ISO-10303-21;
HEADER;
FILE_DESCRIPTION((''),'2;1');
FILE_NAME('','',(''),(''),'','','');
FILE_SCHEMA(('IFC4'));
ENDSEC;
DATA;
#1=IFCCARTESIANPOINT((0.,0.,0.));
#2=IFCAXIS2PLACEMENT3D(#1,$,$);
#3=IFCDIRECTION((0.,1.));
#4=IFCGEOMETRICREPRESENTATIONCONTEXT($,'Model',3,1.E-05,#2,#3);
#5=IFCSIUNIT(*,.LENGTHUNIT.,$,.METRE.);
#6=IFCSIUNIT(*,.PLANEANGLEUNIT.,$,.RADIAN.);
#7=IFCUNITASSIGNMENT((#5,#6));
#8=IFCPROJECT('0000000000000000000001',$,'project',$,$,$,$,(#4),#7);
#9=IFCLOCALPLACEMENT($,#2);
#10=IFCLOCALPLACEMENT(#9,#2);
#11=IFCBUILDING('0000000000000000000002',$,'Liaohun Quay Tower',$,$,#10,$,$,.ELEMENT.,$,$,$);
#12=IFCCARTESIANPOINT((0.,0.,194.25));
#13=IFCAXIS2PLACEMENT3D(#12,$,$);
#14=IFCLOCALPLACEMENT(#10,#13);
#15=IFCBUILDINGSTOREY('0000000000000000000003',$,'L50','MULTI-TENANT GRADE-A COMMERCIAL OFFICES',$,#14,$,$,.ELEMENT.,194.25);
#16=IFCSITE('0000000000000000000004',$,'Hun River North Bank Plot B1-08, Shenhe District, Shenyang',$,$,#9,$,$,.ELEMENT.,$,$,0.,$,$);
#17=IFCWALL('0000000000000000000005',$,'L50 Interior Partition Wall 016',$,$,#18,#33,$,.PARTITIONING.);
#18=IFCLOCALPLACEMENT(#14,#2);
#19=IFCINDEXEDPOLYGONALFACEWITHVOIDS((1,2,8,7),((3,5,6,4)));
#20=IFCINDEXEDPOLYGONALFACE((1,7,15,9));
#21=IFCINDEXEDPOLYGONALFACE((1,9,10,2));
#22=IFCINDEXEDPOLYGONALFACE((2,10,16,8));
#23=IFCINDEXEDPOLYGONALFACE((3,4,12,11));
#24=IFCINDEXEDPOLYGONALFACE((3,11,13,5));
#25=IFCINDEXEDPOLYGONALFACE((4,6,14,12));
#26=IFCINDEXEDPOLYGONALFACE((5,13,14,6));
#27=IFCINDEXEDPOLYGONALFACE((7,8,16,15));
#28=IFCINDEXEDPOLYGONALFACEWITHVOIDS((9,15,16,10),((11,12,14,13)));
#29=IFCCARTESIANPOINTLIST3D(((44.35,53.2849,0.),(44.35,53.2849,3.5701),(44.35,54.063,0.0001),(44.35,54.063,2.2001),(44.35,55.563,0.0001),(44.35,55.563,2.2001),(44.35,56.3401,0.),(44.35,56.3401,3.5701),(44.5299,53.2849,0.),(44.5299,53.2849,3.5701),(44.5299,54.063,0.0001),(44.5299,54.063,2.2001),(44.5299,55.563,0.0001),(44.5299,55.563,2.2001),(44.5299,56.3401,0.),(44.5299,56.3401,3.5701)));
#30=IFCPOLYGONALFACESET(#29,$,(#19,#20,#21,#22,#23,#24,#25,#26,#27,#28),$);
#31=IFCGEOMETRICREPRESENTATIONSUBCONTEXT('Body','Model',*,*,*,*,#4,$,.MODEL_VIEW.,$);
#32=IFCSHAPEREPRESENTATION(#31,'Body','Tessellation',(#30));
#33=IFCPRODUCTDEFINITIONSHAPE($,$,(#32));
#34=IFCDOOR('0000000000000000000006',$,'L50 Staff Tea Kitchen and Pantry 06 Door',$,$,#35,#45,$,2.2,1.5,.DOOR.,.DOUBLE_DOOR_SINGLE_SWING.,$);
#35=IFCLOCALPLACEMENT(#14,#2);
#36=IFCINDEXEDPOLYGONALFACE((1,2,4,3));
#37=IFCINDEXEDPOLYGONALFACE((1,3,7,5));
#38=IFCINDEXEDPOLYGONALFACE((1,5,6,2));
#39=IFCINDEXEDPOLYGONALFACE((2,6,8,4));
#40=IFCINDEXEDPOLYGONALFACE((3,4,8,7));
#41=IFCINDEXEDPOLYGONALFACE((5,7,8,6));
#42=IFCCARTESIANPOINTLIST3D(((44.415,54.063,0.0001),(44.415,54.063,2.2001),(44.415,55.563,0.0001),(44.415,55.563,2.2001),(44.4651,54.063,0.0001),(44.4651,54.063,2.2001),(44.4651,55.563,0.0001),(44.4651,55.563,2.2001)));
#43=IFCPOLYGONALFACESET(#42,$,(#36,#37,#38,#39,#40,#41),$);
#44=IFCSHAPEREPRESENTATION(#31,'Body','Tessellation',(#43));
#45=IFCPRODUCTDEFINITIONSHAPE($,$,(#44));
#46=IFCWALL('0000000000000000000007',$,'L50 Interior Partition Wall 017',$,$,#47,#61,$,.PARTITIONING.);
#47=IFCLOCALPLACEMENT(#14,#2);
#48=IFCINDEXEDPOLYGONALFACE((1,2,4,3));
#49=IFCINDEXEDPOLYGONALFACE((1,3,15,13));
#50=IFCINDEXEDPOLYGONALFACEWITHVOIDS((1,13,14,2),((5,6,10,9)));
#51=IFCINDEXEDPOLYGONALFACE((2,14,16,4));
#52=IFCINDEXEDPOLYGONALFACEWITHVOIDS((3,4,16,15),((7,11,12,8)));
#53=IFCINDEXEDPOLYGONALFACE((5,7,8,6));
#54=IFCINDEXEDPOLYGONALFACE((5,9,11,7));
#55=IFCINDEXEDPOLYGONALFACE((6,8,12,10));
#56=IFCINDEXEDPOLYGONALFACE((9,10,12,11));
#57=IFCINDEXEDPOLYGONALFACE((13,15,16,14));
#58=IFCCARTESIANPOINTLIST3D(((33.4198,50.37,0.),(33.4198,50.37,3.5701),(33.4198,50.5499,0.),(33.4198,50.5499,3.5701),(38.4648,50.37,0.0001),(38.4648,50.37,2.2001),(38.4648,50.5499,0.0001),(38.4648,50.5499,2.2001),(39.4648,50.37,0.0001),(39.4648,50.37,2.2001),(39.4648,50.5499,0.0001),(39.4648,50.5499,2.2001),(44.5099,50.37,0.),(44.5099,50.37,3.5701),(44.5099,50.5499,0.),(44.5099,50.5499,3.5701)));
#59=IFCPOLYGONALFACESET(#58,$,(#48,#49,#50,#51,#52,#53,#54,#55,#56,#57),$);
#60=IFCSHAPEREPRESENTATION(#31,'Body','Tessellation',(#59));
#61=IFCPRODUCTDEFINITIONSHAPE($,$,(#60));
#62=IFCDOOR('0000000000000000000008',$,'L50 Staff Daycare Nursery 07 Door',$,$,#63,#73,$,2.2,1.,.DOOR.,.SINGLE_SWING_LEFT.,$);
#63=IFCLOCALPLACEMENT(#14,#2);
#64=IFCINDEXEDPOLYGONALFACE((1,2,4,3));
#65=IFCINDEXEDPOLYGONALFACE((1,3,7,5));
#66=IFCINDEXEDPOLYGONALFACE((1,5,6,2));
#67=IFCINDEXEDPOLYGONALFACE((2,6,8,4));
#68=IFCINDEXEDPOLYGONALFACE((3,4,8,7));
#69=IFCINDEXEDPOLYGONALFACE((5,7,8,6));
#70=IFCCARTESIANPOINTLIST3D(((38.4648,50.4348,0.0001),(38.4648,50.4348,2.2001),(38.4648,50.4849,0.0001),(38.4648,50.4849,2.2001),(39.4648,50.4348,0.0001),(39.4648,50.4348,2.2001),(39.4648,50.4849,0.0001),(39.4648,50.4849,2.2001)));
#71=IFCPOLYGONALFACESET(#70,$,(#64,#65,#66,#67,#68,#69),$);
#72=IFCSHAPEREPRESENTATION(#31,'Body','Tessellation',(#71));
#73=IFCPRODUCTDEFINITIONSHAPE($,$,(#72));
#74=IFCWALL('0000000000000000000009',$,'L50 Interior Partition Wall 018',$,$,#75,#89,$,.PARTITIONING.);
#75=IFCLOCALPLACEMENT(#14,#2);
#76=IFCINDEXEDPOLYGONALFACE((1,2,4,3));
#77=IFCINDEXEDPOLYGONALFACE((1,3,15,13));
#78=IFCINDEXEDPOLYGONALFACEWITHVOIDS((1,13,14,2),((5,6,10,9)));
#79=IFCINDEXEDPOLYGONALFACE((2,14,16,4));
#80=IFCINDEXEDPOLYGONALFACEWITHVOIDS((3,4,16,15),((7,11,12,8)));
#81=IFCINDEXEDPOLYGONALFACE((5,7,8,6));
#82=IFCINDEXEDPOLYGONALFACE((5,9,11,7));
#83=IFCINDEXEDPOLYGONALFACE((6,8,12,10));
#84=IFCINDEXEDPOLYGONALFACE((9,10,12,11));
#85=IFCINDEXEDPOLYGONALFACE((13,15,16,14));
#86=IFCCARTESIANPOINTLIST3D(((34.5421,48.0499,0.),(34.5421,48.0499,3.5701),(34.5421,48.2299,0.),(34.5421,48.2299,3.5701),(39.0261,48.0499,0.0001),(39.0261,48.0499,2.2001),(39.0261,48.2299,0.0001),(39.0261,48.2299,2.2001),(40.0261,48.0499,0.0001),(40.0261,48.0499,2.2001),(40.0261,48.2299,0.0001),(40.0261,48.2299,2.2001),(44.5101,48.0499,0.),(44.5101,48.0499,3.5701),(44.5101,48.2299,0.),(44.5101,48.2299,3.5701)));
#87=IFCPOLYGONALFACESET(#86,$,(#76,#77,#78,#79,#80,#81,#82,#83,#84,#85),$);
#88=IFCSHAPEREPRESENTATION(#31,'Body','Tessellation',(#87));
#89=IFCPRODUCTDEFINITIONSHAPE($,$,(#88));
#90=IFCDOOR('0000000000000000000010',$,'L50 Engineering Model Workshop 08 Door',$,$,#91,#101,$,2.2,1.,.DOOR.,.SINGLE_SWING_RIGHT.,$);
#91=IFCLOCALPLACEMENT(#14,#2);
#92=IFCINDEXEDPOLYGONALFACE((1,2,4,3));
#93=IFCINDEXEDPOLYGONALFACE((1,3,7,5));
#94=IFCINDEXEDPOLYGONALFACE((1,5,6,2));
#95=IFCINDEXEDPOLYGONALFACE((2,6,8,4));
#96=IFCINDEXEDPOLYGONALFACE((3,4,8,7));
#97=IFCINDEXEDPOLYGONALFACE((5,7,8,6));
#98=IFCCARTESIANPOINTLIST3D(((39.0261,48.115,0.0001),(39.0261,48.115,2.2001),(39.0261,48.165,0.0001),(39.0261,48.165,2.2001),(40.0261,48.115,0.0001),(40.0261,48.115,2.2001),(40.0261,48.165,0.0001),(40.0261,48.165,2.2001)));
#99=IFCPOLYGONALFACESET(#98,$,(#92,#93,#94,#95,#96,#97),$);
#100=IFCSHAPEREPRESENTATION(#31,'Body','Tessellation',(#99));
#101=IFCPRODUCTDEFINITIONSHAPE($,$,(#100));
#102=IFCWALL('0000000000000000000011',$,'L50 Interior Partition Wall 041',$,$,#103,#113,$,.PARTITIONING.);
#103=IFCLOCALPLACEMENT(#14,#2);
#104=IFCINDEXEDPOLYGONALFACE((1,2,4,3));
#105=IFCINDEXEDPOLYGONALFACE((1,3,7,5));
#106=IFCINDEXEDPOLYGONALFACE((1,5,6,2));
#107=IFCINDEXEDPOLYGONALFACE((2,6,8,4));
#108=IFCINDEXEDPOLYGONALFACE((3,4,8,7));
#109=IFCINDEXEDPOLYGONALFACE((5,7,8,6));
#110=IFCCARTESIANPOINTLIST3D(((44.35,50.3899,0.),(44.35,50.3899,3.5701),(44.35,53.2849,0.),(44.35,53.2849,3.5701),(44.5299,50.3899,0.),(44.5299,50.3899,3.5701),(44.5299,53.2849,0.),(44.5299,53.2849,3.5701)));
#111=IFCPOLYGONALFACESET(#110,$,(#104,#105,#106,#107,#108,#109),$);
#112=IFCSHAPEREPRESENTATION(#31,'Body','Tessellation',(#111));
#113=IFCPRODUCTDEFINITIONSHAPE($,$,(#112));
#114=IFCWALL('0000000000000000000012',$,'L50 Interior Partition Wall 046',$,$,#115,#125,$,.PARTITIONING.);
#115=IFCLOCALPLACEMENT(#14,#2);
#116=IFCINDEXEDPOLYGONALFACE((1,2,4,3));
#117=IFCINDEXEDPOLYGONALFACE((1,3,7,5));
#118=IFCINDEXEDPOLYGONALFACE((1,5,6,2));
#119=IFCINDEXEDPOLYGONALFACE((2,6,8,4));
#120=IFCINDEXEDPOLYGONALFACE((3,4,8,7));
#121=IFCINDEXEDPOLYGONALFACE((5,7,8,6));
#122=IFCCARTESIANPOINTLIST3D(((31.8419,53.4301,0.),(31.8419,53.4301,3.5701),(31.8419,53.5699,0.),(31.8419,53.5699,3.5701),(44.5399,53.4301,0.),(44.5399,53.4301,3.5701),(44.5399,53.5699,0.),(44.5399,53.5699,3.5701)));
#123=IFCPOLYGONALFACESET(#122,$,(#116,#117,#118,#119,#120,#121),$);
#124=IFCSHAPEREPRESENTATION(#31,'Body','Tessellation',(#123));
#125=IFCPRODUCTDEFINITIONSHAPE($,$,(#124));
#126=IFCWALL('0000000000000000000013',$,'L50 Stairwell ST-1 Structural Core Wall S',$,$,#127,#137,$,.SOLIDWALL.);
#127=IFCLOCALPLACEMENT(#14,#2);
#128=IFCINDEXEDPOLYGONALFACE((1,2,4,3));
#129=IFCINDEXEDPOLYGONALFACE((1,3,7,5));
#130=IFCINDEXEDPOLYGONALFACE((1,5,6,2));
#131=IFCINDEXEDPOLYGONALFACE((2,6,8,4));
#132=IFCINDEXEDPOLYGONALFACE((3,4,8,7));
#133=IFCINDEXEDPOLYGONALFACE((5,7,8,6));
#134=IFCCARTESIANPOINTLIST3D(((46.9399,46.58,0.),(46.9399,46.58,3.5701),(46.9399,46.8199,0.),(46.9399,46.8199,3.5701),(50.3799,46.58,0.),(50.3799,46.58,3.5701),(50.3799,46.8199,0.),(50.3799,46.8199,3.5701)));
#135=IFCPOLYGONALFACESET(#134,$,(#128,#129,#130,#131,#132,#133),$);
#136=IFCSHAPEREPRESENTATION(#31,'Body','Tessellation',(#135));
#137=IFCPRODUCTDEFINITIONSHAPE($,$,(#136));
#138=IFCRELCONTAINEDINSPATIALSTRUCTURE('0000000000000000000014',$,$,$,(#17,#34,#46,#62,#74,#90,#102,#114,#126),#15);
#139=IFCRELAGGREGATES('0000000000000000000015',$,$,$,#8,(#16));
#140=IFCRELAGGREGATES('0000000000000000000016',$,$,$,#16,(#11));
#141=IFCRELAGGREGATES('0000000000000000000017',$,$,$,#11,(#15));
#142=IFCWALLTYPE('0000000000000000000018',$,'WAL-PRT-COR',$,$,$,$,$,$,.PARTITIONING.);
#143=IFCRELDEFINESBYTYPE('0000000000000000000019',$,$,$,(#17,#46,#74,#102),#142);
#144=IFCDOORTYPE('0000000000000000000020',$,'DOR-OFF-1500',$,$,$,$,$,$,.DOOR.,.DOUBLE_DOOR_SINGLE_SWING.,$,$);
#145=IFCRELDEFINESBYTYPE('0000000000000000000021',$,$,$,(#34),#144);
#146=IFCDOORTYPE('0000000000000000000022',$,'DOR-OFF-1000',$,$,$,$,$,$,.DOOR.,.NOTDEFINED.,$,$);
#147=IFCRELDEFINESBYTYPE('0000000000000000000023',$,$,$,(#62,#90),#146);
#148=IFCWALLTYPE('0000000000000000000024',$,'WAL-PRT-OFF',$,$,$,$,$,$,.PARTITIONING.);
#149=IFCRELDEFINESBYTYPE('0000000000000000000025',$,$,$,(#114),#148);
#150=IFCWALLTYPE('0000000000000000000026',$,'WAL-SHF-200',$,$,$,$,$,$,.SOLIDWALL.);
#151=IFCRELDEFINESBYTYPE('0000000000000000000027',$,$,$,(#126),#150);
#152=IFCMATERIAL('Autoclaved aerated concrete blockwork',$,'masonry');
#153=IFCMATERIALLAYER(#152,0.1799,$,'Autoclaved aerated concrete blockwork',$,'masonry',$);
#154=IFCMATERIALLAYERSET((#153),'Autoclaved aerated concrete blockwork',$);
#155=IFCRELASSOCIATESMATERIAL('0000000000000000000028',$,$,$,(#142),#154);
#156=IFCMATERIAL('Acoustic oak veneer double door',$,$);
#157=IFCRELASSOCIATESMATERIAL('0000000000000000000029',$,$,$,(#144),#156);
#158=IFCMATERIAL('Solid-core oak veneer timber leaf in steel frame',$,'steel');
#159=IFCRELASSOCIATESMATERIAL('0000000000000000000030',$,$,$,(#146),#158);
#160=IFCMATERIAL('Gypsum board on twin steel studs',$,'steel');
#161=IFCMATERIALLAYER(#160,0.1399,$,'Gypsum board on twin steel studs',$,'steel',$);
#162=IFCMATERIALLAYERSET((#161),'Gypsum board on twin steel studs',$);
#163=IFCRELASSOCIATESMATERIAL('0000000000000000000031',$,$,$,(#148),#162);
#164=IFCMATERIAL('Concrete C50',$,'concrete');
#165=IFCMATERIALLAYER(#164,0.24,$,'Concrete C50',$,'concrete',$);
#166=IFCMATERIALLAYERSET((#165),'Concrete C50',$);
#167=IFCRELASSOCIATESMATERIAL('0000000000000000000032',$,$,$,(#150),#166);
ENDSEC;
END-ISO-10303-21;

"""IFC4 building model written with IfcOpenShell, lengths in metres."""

from ifc_helpers import new_model, si_unit, direction, frame, frame_2d, origin, place, context, subcontext, project, spatial, rectangle, extrude, source, transform, mapped, material, layer, layer_set, type_object, element, fill, save


model = new_model("IFC4")

# Units and contexts
model_context = context("Model", 3, precision=1e-05, world=origin(), true_north=direction((0.0, 1.0)))
body_context = subcontext(model_context, "Body", "Model", "MODEL_VIEW")
ifc_project = project(units=[si_unit("LENGTHUNIT", "METRE"), si_unit("PLANEANGLEUNIT", "RADIAN")], contexts=[model_context])

# Site, building, storey
site_placement = place(None, origin())
site = spatial("IfcSite", under=ifc_project, at=site_placement, Name="Hun River North Bank Plot B1-08, Shenhe District, Shenyang", CompositionType="ELEMENT", RefElevation=0.0)
building_placement = place(site_placement, origin())
building = spatial("IfcBuilding", under=site, at=building_placement, Name="Liaohun Quay Tower", CompositionType="ELEMENT")
storey_placement = place(building_placement, frame((0.0, 0.0, 194.25)))
storey = spatial("IfcBuildingStorey", under=building, at=storey_placement, Name="L50", Description="MULTI-TENANT GRADE-A COMMERCIAL OFFICES", CompositionType="ELEMENT", Elevation=194.25)

# Walls, openings, doors
ifc_material_1 = material(Name="Autoclaved aerated concrete blockwork", Category="masonry")
ifc_layer_1 = layer(ifc_material_1, 0.1799, Name="Autoclaved aerated concrete blockwork", Category="masonry")
ifc_layer_set_1 = layer_set([ifc_layer_1], Name="Autoclaved aerated concrete blockwork")
wall_type_1 = type_object("IfcWallType", Name="WAL-PRT-COR", PredefinedType="PARTITIONING", material=ifc_layer_set_1)
wall_1_placement = place(storey_placement, frame((44.4399, 53.2849, 0.0), z_axis=(0.0, 0.0, 1.0), x_axis=(0.0, 1.0, 0.0)))
wall_1 = element("IfcWall", 1, at=wall_1_placement, inside=storey, type_object=wall_type_1, Name="L50 Interior Partition Wall 016", PredefinedType="PARTITIONING", context=body_context, shape_type="SweptSolid", body=[
    extrude(rectangle(XDim=3.0552, YDim=0.1799, at=frame_2d((1.5276, 0.0))), origin(), (0.0, 0.0, 1.0), 3.5701),
])
shared_shape_1 = source(origin(), body_context, "Body", "SweptSolid", [
    extrude(rectangle(XDim=1.5, YDim=2.2, at=frame_2d((0.75, 1.1001))), frame((0.0, 0.0999, 0.0), z_axis=(0.0, -1.0, 0.0), x_axis=(1.0, 0.0, 0.0)), (0.0, 0.0, 1.0), 0.2),
])
opening_1_placement = place(wall_1_placement, frame((0.7781, 0.0, 0.0)))
opening_1 = element("IfcOpeningElement", 2, at=opening_1_placement, cuts=wall_1, PredefinedType="OPENING", context=body_context, shape_type="MappedRepresentation", body=[
    mapped(shared_shape_1, transform((0.0, 0.0, 0.0), x_axis=(1.0, 0.0, 0.0), y_axis=(0.0, 1.0, 0.0), z_axis=(0.0, 0.0, 1.0), scale=1.0)),
])
ifc_material_2 = material(Name="Acoustic oak veneer double door")
door_type_1 = type_object("IfcDoorType", Name="DOR-OFF-1500", OperationType="DOUBLE_DOOR_SINGLE_SWING", PredefinedType="DOOR", material=ifc_material_2)
shared_shape_2 = source(origin(), body_context, "Body", "SweptSolid", [
    extrude(rectangle(XDim=1.5, YDim=2.2, at=frame_2d((0.75, 1.1001))), frame((0.0, 0.0249, 0.0), z_axis=(0.0, -1.0, 0.0), x_axis=(1.0, 0.0, 0.0)), (0.0, 0.0, 1.0), 0.05),
])
door_1_placement = place(opening_1_placement, origin())
door_1 = element("IfcDoor", 3, at=door_1_placement, inside=storey, type_object=door_type_1, Name="L50 Staff Tea Kitchen and Pantry 06 Door", OperationType="DOUBLE_DOOR_SINGLE_SWING", OverallHeight=2.2, OverallWidth=1.5, PredefinedType="DOOR", context=body_context, shape_type="MappedRepresentation", body=[
    mapped(shared_shape_2, transform((0.0, 0.0, 0.0), x_axis=(1.0, 0.0, 0.0), y_axis=(0.0, 1.0, 0.0), z_axis=(0.0, 0.0, 1.0), scale=1.0)),
])
fill(opening_1, door_1)
wall_2_placement = place(storey_placement, frame((33.4199, 50.46, 0.0), z_axis=(0.0, 0.0, 1.0), x_axis=(1.0, 0.0, 0.0)))
wall_2 = element("IfcWall", 4, at=wall_2_placement, inside=storey, type_object=wall_type_1, Name="L50 Interior Partition Wall 017", PredefinedType="PARTITIONING", context=body_context, shape_type="SweptSolid", body=[
    extrude(rectangle(XDim=11.0901, YDim=0.1799, at=frame_2d((5.5449, 0.0))), origin(), (0.0, 0.0, 1.0), 3.5701),
])
shared_shape_3 = source(origin(), body_context, "Body", "SweptSolid", [
    extrude(rectangle(XDim=1.0, YDim=2.2, at=frame_2d((0.5, 1.1001))), frame((0.0, 0.0999, 0.0), z_axis=(0.0, -1.0, 0.0), x_axis=(1.0, 0.0, 0.0)), (0.0, 0.0, 1.0), 0.2),
])
opening_2_placement = place(wall_2_placement, frame((5.0449, 0.0, 0.0)))
opening_2 = element("IfcOpeningElement", 5, at=opening_2_placement, cuts=wall_2, PredefinedType="OPENING", context=body_context, shape_type="MappedRepresentation", body=[
    mapped(shared_shape_3, transform((0.0, 0.0, 0.0), x_axis=(1.0, 0.0, 0.0), y_axis=(0.0, 1.0, 0.0), z_axis=(0.0, 0.0, 1.0), scale=1.0)),
])
ifc_material_3 = material(Name="Solid-core oak veneer timber leaf in steel frame", Category="steel")
door_type_2 = type_object("IfcDoorType", Name="DOR-OFF-1000", OperationType="NOTDEFINED", PredefinedType="DOOR", material=ifc_material_3)
shared_shape_4 = source(origin(), body_context, "Body", "SweptSolid", [
    extrude(rectangle(XDim=1.0, YDim=2.2, at=frame_2d((0.5, 1.1001))), frame((0.0, 0.0249, 0.0), z_axis=(0.0, -1.0, 0.0), x_axis=(1.0, 0.0, 0.0)), (0.0, 0.0, 1.0), 0.05),
])
door_2_placement = place(opening_2_placement, origin())
door_2 = element("IfcDoor", 6, at=door_2_placement, inside=storey, type_object=door_type_2, Name="L50 Staff Daycare Nursery 07 Door", OperationType="SINGLE_SWING_LEFT", OverallHeight=2.2, OverallWidth=1.0, PredefinedType="DOOR", context=body_context, shape_type="MappedRepresentation", body=[
    mapped(shared_shape_4, transform((0.0, 0.0, 0.0), x_axis=(1.0, 0.0, 0.0), y_axis=(0.0, 1.0, 0.0), z_axis=(0.0, 0.0, 1.0), scale=1.0)),
])
fill(opening_2, door_2)
wall_3_placement = place(storey_placement, frame((44.51, 48.1399, 0.0), z_axis=(0.0, 0.0, 1.0), x_axis=(-1.0, 0.0, 0.0)))
wall_3 = element("IfcWall", 7, at=wall_3_placement, inside=storey, type_object=wall_type_1, Name="L50 Interior Partition Wall 018", PredefinedType="PARTITIONING", context=body_context, shape_type="SweptSolid", body=[
    extrude(rectangle(XDim=9.968, YDim=0.1799, at=frame_2d((4.9839, 0.0))), origin(), (0.0, 0.0, 1.0), 3.5701),
])
opening_3_placement = place(wall_3_placement, frame((4.4839, 0.0, 0.0)))
opening_3 = element("IfcOpeningElement", 8, at=opening_3_placement, cuts=wall_3, PredefinedType="OPENING", context=body_context, shape_type="MappedRepresentation", body=[
    mapped(shared_shape_3, transform((0.0, 0.0, 0.0), x_axis=(1.0, 0.0, 0.0), y_axis=(0.0, 1.0, 0.0), z_axis=(0.0, 0.0, 1.0), scale=1.0)),
])
door_3_placement = place(opening_3_placement, origin())
door_3 = element("IfcDoor", 9, at=door_3_placement, inside=storey, type_object=door_type_2, Name="L50 Engineering Model Workshop 08 Door", OperationType="SINGLE_SWING_RIGHT", OverallHeight=2.2, OverallWidth=1.0, PredefinedType="DOOR", context=body_context, shape_type="MappedRepresentation", body=[
    mapped(shared_shape_4, transform((0.0, 0.0, 0.0), x_axis=(1.0, 0.0, 0.0), y_axis=(0.0, 1.0, 0.0), z_axis=(0.0, 0.0, 1.0), scale=1.0)),
])
fill(opening_3, door_3)

# Walls
wall_4_placement = place(storey_placement, frame((44.4399, 50.3899, 0.0), z_axis=(0.0, 0.0, 1.0), x_axis=(0.0, 1.0, 0.0)))
element("IfcWall", 10, at=wall_4_placement, inside=storey, type_object=wall_type_1, Name="L50 Interior Partition Wall 041", PredefinedType="PARTITIONING", context=body_context, shape_type="SweptSolid", body=[
    extrude(rectangle(XDim=2.895, YDim=0.1799, at=frame_2d((1.4475, 0.0))), origin(), (0.0, 0.0, 1.0), 3.5701),
])
ifc_material_4 = material(Name="Gypsum board on twin steel studs", Category="steel")
ifc_layer_2 = layer(ifc_material_4, 0.1399, Name="Gypsum board on twin steel studs", Category="steel")
ifc_layer_set_2 = layer_set([ifc_layer_2], Name="Gypsum board on twin steel studs")
wall_type_2 = type_object("IfcWallType", Name="WAL-PRT-OFF", PredefinedType="PARTITIONING", material=ifc_layer_set_2)
wall_5_placement = place(storey_placement, frame((44.54, 53.5, 0.0), z_axis=(0.0, 0.0, 1.0), x_axis=(-1.0, 0.0, 0.0)))
element("IfcWall", 11, at=wall_5_placement, inside=storey, type_object=wall_type_2, Name="L50 Interior Partition Wall 046", PredefinedType="PARTITIONING", context=body_context, shape_type="SweptSolid", body=[
    extrude(rectangle(XDim=12.698, YDim=0.1399, at=frame_2d((6.3491, 0.0))), origin(), (0.0, 0.0, 1.0), 3.5701),
])
ifc_material_5 = material(Name="Concrete C50", Category="concrete")
ifc_layer_3 = layer(ifc_material_5, 0.24, Name="Concrete C50", Category="concrete")
ifc_layer_set_3 = layer_set([ifc_layer_3], Name="Concrete C50")
wall_type_3 = type_object("IfcWallType", Name="WAL-SHF-200", PredefinedType="SOLIDWALL", material=ifc_layer_set_3)
wall_6_placement = place(storey_placement, frame((46.9399, 46.7, 0.0), z_axis=(0.0, 0.0, 1.0), x_axis=(1.0, 0.0, 0.0)))
element("IfcWall", 12, at=wall_6_placement, inside=storey, type_object=wall_type_3, Name="L50 Stairwell ST-1 Structural Core Wall S", PredefinedType="SOLIDWALL", context=body_context, shape_type="SweptSolid", body=[
    extrude(rectangle(XDim=3.4399, YDim=0.24, at=frame_2d((1.72, 0.0))), origin(), (0.0, 0.0, 1.0), 3.5701),
])

save(model, "model.ifc")
